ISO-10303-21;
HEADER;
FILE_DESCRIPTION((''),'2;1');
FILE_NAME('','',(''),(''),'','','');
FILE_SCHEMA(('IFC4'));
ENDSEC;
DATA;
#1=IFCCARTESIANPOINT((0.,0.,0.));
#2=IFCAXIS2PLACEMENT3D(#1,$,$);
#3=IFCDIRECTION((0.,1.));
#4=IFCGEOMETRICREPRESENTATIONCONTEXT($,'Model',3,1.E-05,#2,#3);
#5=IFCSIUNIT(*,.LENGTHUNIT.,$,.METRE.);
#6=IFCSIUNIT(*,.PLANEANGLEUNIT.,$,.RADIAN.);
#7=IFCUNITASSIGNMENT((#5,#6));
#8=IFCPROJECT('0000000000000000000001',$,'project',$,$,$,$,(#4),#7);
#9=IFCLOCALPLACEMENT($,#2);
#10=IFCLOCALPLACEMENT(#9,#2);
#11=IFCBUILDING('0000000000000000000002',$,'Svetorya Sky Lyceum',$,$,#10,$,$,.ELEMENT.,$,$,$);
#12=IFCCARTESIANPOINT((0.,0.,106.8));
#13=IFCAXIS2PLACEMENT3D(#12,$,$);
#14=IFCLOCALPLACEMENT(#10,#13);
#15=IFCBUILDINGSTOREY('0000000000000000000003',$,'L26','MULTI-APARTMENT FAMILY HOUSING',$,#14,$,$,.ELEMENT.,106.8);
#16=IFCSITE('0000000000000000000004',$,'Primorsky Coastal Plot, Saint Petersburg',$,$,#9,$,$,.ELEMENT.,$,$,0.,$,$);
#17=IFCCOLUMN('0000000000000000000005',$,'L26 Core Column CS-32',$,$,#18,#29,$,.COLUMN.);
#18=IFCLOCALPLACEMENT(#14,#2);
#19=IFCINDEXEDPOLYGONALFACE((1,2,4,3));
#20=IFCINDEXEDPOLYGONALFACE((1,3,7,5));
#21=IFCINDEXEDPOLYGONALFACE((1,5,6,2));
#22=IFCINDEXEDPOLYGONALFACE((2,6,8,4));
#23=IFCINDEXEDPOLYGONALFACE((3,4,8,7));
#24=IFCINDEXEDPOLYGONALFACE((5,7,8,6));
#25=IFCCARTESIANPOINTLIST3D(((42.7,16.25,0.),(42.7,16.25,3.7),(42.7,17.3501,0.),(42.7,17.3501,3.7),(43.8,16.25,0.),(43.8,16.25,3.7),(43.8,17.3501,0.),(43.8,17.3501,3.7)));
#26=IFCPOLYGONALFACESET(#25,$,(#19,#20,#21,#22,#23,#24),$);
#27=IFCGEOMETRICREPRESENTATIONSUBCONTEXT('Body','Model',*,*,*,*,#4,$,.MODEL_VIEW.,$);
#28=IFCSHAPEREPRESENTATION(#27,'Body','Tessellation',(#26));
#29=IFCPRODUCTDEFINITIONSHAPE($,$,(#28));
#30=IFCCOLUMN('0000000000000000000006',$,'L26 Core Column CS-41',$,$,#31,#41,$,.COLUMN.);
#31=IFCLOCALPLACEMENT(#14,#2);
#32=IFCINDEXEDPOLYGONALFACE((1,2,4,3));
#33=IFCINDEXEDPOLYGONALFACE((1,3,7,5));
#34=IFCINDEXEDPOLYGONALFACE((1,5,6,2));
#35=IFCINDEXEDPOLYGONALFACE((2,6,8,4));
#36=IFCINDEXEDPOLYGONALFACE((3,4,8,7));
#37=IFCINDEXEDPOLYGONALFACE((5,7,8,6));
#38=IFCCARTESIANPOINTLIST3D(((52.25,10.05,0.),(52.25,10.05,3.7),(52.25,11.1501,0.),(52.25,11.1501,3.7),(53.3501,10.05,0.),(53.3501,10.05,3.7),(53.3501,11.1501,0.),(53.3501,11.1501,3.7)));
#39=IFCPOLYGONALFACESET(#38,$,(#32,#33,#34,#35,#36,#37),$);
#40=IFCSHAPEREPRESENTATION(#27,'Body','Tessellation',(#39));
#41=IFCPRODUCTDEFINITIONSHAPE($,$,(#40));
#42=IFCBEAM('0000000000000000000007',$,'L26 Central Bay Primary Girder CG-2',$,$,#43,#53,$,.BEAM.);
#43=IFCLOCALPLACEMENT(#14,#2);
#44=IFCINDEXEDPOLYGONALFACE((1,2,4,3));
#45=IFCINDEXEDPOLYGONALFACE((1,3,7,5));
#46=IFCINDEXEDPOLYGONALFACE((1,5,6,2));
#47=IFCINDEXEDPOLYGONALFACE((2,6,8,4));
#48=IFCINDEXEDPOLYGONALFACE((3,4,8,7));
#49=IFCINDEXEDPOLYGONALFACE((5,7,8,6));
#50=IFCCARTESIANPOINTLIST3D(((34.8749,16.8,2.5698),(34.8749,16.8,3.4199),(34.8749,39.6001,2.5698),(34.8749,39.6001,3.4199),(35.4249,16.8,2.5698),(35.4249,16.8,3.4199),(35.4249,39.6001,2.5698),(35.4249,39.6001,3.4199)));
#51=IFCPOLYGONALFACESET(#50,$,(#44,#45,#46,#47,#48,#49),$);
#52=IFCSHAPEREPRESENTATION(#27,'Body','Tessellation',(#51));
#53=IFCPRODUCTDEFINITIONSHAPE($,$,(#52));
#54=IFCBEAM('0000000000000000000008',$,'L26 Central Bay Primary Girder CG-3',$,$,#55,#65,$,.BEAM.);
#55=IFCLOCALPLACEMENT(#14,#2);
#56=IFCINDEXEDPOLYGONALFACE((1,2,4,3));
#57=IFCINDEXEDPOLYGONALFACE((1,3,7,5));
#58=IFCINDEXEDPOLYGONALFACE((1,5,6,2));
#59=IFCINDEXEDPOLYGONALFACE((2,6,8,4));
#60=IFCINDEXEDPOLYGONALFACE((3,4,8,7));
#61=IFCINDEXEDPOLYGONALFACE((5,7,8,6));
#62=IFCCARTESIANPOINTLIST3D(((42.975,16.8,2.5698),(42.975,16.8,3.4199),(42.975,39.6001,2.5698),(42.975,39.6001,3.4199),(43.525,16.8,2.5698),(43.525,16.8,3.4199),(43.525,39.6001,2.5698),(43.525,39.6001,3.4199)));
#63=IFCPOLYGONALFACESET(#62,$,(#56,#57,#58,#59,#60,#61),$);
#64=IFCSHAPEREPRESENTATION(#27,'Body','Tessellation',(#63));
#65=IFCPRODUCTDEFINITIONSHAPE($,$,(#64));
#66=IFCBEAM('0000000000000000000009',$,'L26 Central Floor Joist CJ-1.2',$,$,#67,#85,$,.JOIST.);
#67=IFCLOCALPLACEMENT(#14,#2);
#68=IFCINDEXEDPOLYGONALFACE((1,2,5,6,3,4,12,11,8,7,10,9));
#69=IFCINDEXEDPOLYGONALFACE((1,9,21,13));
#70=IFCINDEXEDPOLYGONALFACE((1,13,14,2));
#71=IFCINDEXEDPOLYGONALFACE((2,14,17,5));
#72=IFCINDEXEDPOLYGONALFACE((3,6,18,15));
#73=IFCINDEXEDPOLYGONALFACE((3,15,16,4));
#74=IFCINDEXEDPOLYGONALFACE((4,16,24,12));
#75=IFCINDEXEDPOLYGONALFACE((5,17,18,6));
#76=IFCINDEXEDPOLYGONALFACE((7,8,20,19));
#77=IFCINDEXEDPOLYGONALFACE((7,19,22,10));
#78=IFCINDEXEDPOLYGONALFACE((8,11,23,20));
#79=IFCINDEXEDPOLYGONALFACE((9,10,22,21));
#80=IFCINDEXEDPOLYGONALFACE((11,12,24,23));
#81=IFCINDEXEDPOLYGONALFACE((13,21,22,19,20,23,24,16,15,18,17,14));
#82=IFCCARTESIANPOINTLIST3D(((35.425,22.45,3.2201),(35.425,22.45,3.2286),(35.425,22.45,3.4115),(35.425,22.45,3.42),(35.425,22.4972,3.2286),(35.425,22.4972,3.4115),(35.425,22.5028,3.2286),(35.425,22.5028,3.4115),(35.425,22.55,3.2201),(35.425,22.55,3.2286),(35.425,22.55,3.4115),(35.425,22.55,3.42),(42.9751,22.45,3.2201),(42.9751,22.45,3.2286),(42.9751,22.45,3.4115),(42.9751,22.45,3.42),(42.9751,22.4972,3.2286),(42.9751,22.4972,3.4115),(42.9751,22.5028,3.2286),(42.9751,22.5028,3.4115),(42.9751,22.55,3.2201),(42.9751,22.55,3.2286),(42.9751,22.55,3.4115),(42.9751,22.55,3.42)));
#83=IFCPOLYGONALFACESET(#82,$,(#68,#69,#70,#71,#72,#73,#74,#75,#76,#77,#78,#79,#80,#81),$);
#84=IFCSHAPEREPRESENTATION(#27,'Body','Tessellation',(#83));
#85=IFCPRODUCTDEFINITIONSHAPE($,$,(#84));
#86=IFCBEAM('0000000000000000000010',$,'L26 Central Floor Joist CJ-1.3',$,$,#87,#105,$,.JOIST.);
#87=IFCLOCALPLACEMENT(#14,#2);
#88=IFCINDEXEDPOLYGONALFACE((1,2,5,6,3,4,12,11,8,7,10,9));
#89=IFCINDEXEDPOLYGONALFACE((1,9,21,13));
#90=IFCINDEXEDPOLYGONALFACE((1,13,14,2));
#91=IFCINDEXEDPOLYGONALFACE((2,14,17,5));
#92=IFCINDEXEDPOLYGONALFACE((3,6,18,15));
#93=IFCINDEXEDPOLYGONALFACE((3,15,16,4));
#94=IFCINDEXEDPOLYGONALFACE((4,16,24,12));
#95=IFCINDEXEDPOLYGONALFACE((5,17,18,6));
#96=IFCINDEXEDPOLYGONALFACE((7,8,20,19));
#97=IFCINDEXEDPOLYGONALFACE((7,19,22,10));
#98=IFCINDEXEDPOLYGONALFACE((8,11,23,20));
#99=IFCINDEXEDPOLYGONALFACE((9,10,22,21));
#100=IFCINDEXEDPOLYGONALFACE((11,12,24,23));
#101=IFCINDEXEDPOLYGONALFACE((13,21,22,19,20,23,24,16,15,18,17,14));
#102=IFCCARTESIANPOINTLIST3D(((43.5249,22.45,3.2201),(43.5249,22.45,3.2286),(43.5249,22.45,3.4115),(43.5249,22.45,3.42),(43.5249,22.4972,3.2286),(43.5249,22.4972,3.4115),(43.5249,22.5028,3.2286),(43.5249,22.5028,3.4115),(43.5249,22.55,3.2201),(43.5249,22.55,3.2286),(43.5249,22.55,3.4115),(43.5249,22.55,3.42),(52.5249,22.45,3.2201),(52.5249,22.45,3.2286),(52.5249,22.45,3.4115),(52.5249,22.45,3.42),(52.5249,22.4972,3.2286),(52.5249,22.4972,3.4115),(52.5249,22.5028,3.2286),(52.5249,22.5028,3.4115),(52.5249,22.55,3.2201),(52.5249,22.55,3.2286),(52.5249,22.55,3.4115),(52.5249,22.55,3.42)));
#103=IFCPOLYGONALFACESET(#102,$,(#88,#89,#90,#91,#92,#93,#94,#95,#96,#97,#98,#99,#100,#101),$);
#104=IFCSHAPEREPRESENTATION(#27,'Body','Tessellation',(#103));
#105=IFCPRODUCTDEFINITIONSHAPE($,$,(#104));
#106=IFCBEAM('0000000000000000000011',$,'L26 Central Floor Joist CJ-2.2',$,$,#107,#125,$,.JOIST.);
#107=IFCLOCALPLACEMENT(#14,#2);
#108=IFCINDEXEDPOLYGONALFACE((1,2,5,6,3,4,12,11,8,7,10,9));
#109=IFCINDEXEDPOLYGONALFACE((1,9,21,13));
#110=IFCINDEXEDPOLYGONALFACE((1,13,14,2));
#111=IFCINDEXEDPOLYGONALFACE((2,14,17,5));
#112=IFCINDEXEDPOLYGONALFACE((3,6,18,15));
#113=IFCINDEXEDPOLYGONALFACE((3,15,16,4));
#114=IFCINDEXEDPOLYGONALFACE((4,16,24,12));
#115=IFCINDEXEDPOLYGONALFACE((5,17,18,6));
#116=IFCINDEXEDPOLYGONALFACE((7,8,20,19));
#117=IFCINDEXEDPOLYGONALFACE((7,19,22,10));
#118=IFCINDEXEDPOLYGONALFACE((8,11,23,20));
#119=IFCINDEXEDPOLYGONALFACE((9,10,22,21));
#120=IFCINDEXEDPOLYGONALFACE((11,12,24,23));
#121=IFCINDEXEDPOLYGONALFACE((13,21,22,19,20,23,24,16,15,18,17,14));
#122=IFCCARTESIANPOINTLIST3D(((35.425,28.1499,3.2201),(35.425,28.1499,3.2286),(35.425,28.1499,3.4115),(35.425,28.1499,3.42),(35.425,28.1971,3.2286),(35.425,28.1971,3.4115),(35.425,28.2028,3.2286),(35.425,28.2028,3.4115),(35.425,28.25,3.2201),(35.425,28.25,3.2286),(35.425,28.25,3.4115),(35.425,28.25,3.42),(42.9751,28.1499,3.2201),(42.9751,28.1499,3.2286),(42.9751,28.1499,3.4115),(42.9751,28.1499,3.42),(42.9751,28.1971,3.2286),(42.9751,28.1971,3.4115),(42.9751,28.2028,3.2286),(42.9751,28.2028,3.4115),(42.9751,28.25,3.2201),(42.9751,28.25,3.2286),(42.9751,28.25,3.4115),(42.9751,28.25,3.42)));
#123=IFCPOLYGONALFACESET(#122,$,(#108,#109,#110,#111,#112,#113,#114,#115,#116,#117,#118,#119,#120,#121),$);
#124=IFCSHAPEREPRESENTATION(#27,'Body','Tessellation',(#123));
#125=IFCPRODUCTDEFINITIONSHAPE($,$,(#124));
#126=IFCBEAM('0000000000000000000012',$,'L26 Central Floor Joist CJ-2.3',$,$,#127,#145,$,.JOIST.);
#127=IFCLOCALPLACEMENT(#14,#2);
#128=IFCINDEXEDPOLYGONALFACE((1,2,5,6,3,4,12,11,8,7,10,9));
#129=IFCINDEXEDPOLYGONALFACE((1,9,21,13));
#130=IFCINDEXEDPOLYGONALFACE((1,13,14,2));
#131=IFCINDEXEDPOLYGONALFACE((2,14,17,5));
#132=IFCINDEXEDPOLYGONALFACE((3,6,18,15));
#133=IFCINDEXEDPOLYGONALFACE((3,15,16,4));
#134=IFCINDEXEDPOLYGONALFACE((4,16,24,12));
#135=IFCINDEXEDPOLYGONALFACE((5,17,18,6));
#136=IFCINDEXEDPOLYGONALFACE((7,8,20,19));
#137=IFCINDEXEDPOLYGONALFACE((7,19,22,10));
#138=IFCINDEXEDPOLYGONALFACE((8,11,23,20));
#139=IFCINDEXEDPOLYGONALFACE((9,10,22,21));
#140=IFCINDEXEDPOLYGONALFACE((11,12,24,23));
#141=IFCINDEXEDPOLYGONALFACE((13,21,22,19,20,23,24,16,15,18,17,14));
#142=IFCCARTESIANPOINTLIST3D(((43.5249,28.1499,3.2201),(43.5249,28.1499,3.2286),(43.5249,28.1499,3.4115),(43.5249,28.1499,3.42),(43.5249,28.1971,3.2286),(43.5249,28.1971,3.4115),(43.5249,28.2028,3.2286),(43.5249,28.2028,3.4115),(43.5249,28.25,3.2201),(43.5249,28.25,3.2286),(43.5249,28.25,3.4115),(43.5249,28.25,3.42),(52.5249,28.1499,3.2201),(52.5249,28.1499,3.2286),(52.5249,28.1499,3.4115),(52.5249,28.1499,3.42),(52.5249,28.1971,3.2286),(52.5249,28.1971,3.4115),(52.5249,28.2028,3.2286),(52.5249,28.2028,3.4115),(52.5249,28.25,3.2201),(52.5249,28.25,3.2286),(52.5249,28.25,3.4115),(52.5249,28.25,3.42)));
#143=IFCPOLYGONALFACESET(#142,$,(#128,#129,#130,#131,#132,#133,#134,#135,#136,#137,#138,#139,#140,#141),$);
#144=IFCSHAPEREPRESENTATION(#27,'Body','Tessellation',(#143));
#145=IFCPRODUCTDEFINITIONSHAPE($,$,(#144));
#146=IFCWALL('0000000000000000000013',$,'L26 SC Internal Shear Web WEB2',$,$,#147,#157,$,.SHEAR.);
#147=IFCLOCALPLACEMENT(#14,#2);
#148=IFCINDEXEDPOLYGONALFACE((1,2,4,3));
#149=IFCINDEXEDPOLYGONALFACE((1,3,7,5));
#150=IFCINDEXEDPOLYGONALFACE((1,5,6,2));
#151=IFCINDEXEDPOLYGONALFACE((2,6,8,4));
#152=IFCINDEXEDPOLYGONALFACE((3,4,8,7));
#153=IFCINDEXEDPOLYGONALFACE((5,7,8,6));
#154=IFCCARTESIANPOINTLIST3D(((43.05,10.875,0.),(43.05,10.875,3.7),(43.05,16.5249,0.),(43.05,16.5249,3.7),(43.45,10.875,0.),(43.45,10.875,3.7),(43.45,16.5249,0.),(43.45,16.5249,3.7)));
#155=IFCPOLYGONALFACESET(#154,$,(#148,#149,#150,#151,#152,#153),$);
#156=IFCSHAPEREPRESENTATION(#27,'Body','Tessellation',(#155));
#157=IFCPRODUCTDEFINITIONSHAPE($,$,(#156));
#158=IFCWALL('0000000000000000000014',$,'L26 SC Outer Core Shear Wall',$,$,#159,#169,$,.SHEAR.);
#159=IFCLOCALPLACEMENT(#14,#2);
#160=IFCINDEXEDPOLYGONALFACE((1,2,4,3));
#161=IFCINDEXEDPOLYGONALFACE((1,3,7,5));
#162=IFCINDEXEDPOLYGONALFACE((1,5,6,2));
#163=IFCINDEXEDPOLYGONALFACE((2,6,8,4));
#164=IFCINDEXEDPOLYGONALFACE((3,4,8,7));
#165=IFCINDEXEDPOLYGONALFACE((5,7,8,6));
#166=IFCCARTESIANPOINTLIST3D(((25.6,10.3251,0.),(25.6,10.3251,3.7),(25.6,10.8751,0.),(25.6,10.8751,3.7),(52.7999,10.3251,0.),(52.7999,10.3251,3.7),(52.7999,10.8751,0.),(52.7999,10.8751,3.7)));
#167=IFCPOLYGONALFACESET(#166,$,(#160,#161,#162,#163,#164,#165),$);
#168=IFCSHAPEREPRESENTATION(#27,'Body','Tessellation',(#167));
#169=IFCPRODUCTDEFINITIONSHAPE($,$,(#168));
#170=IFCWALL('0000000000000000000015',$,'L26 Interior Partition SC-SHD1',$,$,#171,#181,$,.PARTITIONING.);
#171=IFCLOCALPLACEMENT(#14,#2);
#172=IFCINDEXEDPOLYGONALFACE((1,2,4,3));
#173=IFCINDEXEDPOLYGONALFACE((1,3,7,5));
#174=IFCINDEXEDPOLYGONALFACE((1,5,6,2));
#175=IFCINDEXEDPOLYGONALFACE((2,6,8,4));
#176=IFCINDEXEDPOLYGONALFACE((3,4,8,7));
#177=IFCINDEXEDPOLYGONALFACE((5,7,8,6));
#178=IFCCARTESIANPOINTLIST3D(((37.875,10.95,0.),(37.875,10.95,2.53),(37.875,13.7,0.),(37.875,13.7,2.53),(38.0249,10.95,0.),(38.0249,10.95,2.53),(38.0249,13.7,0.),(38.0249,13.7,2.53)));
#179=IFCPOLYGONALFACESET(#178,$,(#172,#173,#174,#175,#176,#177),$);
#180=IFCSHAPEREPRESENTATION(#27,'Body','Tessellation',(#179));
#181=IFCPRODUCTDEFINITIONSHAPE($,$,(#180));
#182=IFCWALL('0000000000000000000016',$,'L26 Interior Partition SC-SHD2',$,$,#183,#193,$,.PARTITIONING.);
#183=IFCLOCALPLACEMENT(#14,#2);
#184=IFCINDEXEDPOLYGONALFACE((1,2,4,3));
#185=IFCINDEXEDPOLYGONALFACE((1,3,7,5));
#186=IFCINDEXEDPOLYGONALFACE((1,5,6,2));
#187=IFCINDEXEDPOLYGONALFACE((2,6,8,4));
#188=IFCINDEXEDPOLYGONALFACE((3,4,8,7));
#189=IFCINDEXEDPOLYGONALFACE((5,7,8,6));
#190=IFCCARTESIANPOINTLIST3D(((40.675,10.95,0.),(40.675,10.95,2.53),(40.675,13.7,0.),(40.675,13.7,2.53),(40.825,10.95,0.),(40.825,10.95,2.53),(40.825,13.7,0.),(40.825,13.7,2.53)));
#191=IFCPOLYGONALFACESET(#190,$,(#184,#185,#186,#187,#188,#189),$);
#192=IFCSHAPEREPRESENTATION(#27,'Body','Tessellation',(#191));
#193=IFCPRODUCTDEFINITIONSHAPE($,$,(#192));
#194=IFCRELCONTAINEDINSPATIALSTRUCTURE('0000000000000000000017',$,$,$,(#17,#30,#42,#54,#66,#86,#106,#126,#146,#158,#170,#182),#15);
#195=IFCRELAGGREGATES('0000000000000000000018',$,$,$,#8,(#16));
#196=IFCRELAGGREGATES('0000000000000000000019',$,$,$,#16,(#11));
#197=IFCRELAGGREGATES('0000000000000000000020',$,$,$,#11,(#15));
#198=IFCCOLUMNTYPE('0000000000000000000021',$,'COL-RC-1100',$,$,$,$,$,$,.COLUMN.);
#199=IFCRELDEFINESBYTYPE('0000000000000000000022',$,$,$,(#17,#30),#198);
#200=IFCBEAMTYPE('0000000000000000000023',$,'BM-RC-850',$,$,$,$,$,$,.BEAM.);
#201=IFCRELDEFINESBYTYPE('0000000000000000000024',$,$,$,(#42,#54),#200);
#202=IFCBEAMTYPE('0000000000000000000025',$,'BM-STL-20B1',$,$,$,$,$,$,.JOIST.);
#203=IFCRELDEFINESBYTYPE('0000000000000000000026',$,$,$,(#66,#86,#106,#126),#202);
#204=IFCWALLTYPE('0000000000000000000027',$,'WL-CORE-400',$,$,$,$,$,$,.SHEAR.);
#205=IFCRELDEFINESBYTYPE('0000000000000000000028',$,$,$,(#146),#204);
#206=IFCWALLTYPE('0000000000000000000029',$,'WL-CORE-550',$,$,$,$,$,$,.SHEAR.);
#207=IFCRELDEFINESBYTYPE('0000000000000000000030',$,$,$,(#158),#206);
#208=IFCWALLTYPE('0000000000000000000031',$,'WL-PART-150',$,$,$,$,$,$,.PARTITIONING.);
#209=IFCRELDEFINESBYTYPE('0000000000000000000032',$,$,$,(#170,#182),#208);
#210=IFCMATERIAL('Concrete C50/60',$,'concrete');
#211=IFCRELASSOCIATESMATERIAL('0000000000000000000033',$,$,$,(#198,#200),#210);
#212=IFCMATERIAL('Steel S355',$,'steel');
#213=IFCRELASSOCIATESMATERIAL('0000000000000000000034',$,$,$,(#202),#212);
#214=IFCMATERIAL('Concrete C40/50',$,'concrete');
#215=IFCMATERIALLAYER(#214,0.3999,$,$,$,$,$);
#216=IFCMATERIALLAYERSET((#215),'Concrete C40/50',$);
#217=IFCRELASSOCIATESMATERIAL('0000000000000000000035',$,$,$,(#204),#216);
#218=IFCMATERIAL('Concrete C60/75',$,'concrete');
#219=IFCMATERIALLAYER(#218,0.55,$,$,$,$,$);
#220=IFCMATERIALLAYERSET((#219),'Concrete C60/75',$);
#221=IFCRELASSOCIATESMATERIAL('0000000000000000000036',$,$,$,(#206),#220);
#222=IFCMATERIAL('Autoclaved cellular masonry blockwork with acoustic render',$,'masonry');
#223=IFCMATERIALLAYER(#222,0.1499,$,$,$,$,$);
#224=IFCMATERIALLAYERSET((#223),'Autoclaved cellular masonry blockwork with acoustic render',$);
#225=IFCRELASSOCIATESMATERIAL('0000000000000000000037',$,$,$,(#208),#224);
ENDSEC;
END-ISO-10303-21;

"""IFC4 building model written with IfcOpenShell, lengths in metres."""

from ifc_helpers import new_model, si_unit, direction, frame, frame_2d, origin, origin_2d, place, context, subcontext, project, spatial, rectangle, i_section, extrude, material, layer, layer_set, material_profile, profile_set, type_object, element, save


model = new_model("IFC4")

# Units and contexts
model_context = context("Model", 3, precision=1e-05, world=origin(), true_north=direction((0.0, 1.0)))
body_context = subcontext(model_context, "Body", "Model", "MODEL_VIEW")
ifc_project = project(units=[si_unit("LENGTHUNIT", "METRE"), si_unit("PLANEANGLEUNIT", "RADIAN")], contexts=[model_context])

# Site, building, storey
site_placement = place(None, origin())
site = spatial("IfcSite", under=ifc_project, at=site_placement, Name="Primorsky Coastal Plot, Saint Petersburg", CompositionType="ELEMENT", RefElevation=0.0)
building_placement = place(site_placement, origin())
building = spatial("IfcBuilding", under=site, at=building_placement, Name="Svetorya Sky Lyceum", CompositionType="ELEMENT")
storey_placement = place(building_placement, frame((0.0, 0.0, 106.8)))
storey = spatial("IfcBuildingStorey", under=building, at=storey_placement, Name="L26", Description="MULTI-APARTMENT FAMILY HOUSING", CompositionType="ELEMENT", Elevation=106.8)

# Columns
ifc_material_1 = material(Name="Concrete C50/60", Category="concrete")
ifc_material_profile_1 = material_profile(ifc_material_1, rectangle(XDim=1.1001, YDim=1.1001, at=origin_2d()), Name="RC COL 1100x1100")
ifc_profile_set_1 = profile_set([ifc_material_profile_1], Name="Concrete C50/60")
column_type = type_object("IfcColumnType", Name="COL-RC-1100", PredefinedType="COLUMN", material=ifc_profile_set_1)
for number, where, z_axis, x_axis, name in (
    (1, (43.25, 16.8, 0.0), (0.0, 0.0, 1.0), (1.0, 0.0, 0.0), "L26 Core Column CS-32"),
    (2, (52.8, 10.6001, 0.0), (0.0, 0.0, 1.0), (1.0, 0.0, 0.0), "L26 Core Column CS-41"),
):
    element("IfcColumn", number, at=place(storey_placement, frame(where, z_axis=z_axis, x_axis=x_axis)), inside=storey, type_object=column_type, Name=name, PredefinedType="COLUMN", context=body_context, shape_type="SweptSolid", body=[
        extrude(rectangle(XDim=1.1001, YDim=1.1001, at=origin_2d()), origin(), (0.0, 0.0, 1.0), 3.7),
    ])

# Beams
ifc_material_profile_2 = material_profile(ifc_material_1, rectangle(XDim=0.55, YDim=0.8501, at=origin_2d()), Name="RC BEAM 550x850")
ifc_profile_set_2 = profile_set([ifc_material_profile_2], Name="Concrete C50/60")
beam_type_1 = type_object("IfcBeamType", Name="BM-RC-850", PredefinedType="BEAM", material=ifc_profile_set_2)
for number, where, z_axis, x_axis, name in (
    (3, (35.1499, 16.8, 2.9949), (0.0, 1.0, 0.0), (-1.0, 0.0, 0.0), "L26 Central Bay Primary Girder CG-2"),
    (4, (43.25, 16.8, 2.9949), (0.0, 1.0, 0.0), (-1.0, 0.0, 0.0), "L26 Central Bay Primary Girder CG-3"),
):
    element("IfcBeam", number, at=place(storey_placement, frame(where, z_axis=z_axis, x_axis=x_axis)), inside=storey, type_object=beam_type_1, Name=name, PredefinedType="BEAM", context=body_context, shape_type="SweptSolid", body=[
        extrude(rectangle(XDim=0.55, YDim=0.8501, at=origin_2d()), origin(), (0.0, 0.0, 1.0), 22.8),
    ])
ifc_material_2 = material(Name="Steel S355", Category="steel")
ifc_material_profile_3 = material_profile(ifc_material_2, i_section(OverallWidth=0.1001, OverallDepth=0.2, WebThickness=0.0056, FlangeThickness=0.0085, at=origin_2d()), Name="GOST 20B1")
ifc_profile_set_3 = profile_set([ifc_material_profile_3], Name="Steel S355")
beam_type_2 = type_object("IfcBeamType", Name="BM-STL-20B1", PredefinedType="JOIST", material=ifc_profile_set_3)
beam_1_placement = place(storey_placement, frame((35.425, 22.5, 3.3201), z_axis=(1.0, 0.0, 0.0), x_axis=(0.0, 1.0, 0.0)))
element("IfcBeam", 5, at=beam_1_placement, inside=storey, type_object=beam_type_2, Name="L26 Central Floor Joist CJ-1.2", PredefinedType="JOIST", context=body_context, shape_type="SweptSolid", body=[
    extrude(i_section(OverallWidth=0.1001, OverallDepth=0.2, WebThickness=0.0056, FlangeThickness=0.0085, at=origin_2d()), origin(), (0.0, 0.0, 1.0), 7.55),
])
beam_2_placement = place(storey_placement, frame((43.5249, 22.5, 3.3201), z_axis=(1.0, 0.0, 0.0), x_axis=(0.0, 1.0, 0.0)))
element("IfcBeam", 6, at=beam_2_placement, inside=storey, type_object=beam_type_2, Name="L26 Central Floor Joist CJ-1.3", PredefinedType="JOIST", context=body_context, shape_type="SweptSolid", body=[
    extrude(i_section(OverallWidth=0.1001, OverallDepth=0.2, WebThickness=0.0056, FlangeThickness=0.0085, at=origin_2d()), origin(), (0.0, 0.0, 1.0), 9.0),
])
beam_3_placement = place(storey_placement, frame((35.425, 28.2, 3.3201), z_axis=(1.0, 0.0, 0.0), x_axis=(0.0, 1.0, 0.0)))
element("IfcBeam", 7, at=beam_3_placement, inside=storey, type_object=beam_type_2, Name="L26 Central Floor Joist CJ-2.2", PredefinedType="JOIST", context=body_context, shape_type="SweptSolid", body=[
    extrude(i_section(OverallWidth=0.1001, OverallDepth=0.2, WebThickness=0.0056, FlangeThickness=0.0085, at=origin_2d()), origin(), (0.0, 0.0, 1.0), 7.55),
])
beam_4_placement = place(storey_placement, frame((43.5249, 28.2, 3.3201), z_axis=(1.0, 0.0, 0.0), x_axis=(0.0, 1.0, 0.0)))
element("IfcBeam", 8, at=beam_4_placement, inside=storey, type_object=beam_type_2, Name="L26 Central Floor Joist CJ-2.3", PredefinedType="JOIST", context=body_context, shape_type="SweptSolid", body=[
    extrude(i_section(OverallWidth=0.1001, OverallDepth=0.2, WebThickness=0.0056, FlangeThickness=0.0085, at=origin_2d()), origin(), (0.0, 0.0, 1.0), 9.0),
])

# Walls
ifc_material_3 = material(Name="Concrete C40/50", Category="concrete")
ifc_layer_1 = layer(ifc_material_3, 0.3999)
ifc_layer_set_1 = layer_set([ifc_layer_1], Name="Concrete C40/50")
wall_type_1 = type_object("IfcWallType", Name="WL-CORE-400", PredefinedType="SHEAR", material=ifc_layer_set_1)
wall_1_placement = place(storey_placement, frame((43.25, 10.875, 0.0), z_axis=(0.0, 0.0, 1.0), x_axis=(0.0, 1.0, 0.0)))
element("IfcWall", 9, at=wall_1_placement, inside=storey, type_object=wall_type_1, Name="L26 SC Internal Shear Web WEB2", PredefinedType="SHEAR", context=body_context, shape_type="SweptSolid", body=[
    extrude(rectangle(XDim=5.6499, YDim=0.3999, at=frame_2d((2.825, 0.0))), origin(), (0.0, 0.0, 1.0), 3.7),
])
ifc_material_4 = material(Name="Concrete C60/75", Category="concrete")
ifc_layer_2 = layer(ifc_material_4, 0.55)
ifc_layer_set_2 = layer_set([ifc_layer_2], Name="Concrete C60/75")
wall_type_2 = type_object("IfcWallType", Name="WL-CORE-550", PredefinedType="SHEAR", material=ifc_layer_set_2)
wall_2_placement = place(storey_placement, frame((52.8, 10.6001, 0.0), z_axis=(0.0, 0.0, 1.0), x_axis=(-1.0, 0.0, 0.0)))
element("IfcWall", 10, at=wall_2_placement, inside=storey, type_object=wall_type_2, Name="L26 SC Outer Core Shear Wall", PredefinedType="SHEAR", context=body_context, shape_type="SweptSolid", body=[
    extrude(rectangle(XDim=27.2, YDim=0.55, at=frame_2d((13.6001, 0.0))), origin(), (0.0, 0.0, 1.0), 3.7),
])
ifc_material_5 = material(Name="Autoclaved cellular masonry blockwork with acoustic render", Category="masonry")
ifc_layer_3 = layer(ifc_material_5, 0.1499)
ifc_layer_set_3 = layer_set([ifc_layer_3], Name="Autoclaved cellular masonry blockwork with acoustic render")
wall_type_3 = type_object("IfcWallType", Name="WL-PART-150", PredefinedType="PARTITIONING", material=ifc_layer_set_3)
for number, where, z_axis, x_axis, name in (
    (11, (37.95, 10.95, 0.0), (0.0, 0.0, 1.0), (0.0, 1.0, 0.0), "L26 Interior Partition SC-SHD1"),
    (12, (40.75, 10.95, 0.0), (0.0, 0.0, 1.0), (0.0, 1.0, 0.0), "L26 Interior Partition SC-SHD2"),
):
    element("IfcWall", number, at=place(storey_placement, frame(where, z_axis=z_axis, x_axis=x_axis)), inside=storey, type_object=wall_type_3, Name=name, PredefinedType="PARTITIONING", context=body_context, shape_type="SweptSolid", body=[
        extrude(rectangle(XDim=2.75, YDim=0.1499, at=frame_2d((1.375, 0.0))), origin(), (0.0, 0.0, 1.0), 2.53),
    ])

save(model, "model.ifc")
